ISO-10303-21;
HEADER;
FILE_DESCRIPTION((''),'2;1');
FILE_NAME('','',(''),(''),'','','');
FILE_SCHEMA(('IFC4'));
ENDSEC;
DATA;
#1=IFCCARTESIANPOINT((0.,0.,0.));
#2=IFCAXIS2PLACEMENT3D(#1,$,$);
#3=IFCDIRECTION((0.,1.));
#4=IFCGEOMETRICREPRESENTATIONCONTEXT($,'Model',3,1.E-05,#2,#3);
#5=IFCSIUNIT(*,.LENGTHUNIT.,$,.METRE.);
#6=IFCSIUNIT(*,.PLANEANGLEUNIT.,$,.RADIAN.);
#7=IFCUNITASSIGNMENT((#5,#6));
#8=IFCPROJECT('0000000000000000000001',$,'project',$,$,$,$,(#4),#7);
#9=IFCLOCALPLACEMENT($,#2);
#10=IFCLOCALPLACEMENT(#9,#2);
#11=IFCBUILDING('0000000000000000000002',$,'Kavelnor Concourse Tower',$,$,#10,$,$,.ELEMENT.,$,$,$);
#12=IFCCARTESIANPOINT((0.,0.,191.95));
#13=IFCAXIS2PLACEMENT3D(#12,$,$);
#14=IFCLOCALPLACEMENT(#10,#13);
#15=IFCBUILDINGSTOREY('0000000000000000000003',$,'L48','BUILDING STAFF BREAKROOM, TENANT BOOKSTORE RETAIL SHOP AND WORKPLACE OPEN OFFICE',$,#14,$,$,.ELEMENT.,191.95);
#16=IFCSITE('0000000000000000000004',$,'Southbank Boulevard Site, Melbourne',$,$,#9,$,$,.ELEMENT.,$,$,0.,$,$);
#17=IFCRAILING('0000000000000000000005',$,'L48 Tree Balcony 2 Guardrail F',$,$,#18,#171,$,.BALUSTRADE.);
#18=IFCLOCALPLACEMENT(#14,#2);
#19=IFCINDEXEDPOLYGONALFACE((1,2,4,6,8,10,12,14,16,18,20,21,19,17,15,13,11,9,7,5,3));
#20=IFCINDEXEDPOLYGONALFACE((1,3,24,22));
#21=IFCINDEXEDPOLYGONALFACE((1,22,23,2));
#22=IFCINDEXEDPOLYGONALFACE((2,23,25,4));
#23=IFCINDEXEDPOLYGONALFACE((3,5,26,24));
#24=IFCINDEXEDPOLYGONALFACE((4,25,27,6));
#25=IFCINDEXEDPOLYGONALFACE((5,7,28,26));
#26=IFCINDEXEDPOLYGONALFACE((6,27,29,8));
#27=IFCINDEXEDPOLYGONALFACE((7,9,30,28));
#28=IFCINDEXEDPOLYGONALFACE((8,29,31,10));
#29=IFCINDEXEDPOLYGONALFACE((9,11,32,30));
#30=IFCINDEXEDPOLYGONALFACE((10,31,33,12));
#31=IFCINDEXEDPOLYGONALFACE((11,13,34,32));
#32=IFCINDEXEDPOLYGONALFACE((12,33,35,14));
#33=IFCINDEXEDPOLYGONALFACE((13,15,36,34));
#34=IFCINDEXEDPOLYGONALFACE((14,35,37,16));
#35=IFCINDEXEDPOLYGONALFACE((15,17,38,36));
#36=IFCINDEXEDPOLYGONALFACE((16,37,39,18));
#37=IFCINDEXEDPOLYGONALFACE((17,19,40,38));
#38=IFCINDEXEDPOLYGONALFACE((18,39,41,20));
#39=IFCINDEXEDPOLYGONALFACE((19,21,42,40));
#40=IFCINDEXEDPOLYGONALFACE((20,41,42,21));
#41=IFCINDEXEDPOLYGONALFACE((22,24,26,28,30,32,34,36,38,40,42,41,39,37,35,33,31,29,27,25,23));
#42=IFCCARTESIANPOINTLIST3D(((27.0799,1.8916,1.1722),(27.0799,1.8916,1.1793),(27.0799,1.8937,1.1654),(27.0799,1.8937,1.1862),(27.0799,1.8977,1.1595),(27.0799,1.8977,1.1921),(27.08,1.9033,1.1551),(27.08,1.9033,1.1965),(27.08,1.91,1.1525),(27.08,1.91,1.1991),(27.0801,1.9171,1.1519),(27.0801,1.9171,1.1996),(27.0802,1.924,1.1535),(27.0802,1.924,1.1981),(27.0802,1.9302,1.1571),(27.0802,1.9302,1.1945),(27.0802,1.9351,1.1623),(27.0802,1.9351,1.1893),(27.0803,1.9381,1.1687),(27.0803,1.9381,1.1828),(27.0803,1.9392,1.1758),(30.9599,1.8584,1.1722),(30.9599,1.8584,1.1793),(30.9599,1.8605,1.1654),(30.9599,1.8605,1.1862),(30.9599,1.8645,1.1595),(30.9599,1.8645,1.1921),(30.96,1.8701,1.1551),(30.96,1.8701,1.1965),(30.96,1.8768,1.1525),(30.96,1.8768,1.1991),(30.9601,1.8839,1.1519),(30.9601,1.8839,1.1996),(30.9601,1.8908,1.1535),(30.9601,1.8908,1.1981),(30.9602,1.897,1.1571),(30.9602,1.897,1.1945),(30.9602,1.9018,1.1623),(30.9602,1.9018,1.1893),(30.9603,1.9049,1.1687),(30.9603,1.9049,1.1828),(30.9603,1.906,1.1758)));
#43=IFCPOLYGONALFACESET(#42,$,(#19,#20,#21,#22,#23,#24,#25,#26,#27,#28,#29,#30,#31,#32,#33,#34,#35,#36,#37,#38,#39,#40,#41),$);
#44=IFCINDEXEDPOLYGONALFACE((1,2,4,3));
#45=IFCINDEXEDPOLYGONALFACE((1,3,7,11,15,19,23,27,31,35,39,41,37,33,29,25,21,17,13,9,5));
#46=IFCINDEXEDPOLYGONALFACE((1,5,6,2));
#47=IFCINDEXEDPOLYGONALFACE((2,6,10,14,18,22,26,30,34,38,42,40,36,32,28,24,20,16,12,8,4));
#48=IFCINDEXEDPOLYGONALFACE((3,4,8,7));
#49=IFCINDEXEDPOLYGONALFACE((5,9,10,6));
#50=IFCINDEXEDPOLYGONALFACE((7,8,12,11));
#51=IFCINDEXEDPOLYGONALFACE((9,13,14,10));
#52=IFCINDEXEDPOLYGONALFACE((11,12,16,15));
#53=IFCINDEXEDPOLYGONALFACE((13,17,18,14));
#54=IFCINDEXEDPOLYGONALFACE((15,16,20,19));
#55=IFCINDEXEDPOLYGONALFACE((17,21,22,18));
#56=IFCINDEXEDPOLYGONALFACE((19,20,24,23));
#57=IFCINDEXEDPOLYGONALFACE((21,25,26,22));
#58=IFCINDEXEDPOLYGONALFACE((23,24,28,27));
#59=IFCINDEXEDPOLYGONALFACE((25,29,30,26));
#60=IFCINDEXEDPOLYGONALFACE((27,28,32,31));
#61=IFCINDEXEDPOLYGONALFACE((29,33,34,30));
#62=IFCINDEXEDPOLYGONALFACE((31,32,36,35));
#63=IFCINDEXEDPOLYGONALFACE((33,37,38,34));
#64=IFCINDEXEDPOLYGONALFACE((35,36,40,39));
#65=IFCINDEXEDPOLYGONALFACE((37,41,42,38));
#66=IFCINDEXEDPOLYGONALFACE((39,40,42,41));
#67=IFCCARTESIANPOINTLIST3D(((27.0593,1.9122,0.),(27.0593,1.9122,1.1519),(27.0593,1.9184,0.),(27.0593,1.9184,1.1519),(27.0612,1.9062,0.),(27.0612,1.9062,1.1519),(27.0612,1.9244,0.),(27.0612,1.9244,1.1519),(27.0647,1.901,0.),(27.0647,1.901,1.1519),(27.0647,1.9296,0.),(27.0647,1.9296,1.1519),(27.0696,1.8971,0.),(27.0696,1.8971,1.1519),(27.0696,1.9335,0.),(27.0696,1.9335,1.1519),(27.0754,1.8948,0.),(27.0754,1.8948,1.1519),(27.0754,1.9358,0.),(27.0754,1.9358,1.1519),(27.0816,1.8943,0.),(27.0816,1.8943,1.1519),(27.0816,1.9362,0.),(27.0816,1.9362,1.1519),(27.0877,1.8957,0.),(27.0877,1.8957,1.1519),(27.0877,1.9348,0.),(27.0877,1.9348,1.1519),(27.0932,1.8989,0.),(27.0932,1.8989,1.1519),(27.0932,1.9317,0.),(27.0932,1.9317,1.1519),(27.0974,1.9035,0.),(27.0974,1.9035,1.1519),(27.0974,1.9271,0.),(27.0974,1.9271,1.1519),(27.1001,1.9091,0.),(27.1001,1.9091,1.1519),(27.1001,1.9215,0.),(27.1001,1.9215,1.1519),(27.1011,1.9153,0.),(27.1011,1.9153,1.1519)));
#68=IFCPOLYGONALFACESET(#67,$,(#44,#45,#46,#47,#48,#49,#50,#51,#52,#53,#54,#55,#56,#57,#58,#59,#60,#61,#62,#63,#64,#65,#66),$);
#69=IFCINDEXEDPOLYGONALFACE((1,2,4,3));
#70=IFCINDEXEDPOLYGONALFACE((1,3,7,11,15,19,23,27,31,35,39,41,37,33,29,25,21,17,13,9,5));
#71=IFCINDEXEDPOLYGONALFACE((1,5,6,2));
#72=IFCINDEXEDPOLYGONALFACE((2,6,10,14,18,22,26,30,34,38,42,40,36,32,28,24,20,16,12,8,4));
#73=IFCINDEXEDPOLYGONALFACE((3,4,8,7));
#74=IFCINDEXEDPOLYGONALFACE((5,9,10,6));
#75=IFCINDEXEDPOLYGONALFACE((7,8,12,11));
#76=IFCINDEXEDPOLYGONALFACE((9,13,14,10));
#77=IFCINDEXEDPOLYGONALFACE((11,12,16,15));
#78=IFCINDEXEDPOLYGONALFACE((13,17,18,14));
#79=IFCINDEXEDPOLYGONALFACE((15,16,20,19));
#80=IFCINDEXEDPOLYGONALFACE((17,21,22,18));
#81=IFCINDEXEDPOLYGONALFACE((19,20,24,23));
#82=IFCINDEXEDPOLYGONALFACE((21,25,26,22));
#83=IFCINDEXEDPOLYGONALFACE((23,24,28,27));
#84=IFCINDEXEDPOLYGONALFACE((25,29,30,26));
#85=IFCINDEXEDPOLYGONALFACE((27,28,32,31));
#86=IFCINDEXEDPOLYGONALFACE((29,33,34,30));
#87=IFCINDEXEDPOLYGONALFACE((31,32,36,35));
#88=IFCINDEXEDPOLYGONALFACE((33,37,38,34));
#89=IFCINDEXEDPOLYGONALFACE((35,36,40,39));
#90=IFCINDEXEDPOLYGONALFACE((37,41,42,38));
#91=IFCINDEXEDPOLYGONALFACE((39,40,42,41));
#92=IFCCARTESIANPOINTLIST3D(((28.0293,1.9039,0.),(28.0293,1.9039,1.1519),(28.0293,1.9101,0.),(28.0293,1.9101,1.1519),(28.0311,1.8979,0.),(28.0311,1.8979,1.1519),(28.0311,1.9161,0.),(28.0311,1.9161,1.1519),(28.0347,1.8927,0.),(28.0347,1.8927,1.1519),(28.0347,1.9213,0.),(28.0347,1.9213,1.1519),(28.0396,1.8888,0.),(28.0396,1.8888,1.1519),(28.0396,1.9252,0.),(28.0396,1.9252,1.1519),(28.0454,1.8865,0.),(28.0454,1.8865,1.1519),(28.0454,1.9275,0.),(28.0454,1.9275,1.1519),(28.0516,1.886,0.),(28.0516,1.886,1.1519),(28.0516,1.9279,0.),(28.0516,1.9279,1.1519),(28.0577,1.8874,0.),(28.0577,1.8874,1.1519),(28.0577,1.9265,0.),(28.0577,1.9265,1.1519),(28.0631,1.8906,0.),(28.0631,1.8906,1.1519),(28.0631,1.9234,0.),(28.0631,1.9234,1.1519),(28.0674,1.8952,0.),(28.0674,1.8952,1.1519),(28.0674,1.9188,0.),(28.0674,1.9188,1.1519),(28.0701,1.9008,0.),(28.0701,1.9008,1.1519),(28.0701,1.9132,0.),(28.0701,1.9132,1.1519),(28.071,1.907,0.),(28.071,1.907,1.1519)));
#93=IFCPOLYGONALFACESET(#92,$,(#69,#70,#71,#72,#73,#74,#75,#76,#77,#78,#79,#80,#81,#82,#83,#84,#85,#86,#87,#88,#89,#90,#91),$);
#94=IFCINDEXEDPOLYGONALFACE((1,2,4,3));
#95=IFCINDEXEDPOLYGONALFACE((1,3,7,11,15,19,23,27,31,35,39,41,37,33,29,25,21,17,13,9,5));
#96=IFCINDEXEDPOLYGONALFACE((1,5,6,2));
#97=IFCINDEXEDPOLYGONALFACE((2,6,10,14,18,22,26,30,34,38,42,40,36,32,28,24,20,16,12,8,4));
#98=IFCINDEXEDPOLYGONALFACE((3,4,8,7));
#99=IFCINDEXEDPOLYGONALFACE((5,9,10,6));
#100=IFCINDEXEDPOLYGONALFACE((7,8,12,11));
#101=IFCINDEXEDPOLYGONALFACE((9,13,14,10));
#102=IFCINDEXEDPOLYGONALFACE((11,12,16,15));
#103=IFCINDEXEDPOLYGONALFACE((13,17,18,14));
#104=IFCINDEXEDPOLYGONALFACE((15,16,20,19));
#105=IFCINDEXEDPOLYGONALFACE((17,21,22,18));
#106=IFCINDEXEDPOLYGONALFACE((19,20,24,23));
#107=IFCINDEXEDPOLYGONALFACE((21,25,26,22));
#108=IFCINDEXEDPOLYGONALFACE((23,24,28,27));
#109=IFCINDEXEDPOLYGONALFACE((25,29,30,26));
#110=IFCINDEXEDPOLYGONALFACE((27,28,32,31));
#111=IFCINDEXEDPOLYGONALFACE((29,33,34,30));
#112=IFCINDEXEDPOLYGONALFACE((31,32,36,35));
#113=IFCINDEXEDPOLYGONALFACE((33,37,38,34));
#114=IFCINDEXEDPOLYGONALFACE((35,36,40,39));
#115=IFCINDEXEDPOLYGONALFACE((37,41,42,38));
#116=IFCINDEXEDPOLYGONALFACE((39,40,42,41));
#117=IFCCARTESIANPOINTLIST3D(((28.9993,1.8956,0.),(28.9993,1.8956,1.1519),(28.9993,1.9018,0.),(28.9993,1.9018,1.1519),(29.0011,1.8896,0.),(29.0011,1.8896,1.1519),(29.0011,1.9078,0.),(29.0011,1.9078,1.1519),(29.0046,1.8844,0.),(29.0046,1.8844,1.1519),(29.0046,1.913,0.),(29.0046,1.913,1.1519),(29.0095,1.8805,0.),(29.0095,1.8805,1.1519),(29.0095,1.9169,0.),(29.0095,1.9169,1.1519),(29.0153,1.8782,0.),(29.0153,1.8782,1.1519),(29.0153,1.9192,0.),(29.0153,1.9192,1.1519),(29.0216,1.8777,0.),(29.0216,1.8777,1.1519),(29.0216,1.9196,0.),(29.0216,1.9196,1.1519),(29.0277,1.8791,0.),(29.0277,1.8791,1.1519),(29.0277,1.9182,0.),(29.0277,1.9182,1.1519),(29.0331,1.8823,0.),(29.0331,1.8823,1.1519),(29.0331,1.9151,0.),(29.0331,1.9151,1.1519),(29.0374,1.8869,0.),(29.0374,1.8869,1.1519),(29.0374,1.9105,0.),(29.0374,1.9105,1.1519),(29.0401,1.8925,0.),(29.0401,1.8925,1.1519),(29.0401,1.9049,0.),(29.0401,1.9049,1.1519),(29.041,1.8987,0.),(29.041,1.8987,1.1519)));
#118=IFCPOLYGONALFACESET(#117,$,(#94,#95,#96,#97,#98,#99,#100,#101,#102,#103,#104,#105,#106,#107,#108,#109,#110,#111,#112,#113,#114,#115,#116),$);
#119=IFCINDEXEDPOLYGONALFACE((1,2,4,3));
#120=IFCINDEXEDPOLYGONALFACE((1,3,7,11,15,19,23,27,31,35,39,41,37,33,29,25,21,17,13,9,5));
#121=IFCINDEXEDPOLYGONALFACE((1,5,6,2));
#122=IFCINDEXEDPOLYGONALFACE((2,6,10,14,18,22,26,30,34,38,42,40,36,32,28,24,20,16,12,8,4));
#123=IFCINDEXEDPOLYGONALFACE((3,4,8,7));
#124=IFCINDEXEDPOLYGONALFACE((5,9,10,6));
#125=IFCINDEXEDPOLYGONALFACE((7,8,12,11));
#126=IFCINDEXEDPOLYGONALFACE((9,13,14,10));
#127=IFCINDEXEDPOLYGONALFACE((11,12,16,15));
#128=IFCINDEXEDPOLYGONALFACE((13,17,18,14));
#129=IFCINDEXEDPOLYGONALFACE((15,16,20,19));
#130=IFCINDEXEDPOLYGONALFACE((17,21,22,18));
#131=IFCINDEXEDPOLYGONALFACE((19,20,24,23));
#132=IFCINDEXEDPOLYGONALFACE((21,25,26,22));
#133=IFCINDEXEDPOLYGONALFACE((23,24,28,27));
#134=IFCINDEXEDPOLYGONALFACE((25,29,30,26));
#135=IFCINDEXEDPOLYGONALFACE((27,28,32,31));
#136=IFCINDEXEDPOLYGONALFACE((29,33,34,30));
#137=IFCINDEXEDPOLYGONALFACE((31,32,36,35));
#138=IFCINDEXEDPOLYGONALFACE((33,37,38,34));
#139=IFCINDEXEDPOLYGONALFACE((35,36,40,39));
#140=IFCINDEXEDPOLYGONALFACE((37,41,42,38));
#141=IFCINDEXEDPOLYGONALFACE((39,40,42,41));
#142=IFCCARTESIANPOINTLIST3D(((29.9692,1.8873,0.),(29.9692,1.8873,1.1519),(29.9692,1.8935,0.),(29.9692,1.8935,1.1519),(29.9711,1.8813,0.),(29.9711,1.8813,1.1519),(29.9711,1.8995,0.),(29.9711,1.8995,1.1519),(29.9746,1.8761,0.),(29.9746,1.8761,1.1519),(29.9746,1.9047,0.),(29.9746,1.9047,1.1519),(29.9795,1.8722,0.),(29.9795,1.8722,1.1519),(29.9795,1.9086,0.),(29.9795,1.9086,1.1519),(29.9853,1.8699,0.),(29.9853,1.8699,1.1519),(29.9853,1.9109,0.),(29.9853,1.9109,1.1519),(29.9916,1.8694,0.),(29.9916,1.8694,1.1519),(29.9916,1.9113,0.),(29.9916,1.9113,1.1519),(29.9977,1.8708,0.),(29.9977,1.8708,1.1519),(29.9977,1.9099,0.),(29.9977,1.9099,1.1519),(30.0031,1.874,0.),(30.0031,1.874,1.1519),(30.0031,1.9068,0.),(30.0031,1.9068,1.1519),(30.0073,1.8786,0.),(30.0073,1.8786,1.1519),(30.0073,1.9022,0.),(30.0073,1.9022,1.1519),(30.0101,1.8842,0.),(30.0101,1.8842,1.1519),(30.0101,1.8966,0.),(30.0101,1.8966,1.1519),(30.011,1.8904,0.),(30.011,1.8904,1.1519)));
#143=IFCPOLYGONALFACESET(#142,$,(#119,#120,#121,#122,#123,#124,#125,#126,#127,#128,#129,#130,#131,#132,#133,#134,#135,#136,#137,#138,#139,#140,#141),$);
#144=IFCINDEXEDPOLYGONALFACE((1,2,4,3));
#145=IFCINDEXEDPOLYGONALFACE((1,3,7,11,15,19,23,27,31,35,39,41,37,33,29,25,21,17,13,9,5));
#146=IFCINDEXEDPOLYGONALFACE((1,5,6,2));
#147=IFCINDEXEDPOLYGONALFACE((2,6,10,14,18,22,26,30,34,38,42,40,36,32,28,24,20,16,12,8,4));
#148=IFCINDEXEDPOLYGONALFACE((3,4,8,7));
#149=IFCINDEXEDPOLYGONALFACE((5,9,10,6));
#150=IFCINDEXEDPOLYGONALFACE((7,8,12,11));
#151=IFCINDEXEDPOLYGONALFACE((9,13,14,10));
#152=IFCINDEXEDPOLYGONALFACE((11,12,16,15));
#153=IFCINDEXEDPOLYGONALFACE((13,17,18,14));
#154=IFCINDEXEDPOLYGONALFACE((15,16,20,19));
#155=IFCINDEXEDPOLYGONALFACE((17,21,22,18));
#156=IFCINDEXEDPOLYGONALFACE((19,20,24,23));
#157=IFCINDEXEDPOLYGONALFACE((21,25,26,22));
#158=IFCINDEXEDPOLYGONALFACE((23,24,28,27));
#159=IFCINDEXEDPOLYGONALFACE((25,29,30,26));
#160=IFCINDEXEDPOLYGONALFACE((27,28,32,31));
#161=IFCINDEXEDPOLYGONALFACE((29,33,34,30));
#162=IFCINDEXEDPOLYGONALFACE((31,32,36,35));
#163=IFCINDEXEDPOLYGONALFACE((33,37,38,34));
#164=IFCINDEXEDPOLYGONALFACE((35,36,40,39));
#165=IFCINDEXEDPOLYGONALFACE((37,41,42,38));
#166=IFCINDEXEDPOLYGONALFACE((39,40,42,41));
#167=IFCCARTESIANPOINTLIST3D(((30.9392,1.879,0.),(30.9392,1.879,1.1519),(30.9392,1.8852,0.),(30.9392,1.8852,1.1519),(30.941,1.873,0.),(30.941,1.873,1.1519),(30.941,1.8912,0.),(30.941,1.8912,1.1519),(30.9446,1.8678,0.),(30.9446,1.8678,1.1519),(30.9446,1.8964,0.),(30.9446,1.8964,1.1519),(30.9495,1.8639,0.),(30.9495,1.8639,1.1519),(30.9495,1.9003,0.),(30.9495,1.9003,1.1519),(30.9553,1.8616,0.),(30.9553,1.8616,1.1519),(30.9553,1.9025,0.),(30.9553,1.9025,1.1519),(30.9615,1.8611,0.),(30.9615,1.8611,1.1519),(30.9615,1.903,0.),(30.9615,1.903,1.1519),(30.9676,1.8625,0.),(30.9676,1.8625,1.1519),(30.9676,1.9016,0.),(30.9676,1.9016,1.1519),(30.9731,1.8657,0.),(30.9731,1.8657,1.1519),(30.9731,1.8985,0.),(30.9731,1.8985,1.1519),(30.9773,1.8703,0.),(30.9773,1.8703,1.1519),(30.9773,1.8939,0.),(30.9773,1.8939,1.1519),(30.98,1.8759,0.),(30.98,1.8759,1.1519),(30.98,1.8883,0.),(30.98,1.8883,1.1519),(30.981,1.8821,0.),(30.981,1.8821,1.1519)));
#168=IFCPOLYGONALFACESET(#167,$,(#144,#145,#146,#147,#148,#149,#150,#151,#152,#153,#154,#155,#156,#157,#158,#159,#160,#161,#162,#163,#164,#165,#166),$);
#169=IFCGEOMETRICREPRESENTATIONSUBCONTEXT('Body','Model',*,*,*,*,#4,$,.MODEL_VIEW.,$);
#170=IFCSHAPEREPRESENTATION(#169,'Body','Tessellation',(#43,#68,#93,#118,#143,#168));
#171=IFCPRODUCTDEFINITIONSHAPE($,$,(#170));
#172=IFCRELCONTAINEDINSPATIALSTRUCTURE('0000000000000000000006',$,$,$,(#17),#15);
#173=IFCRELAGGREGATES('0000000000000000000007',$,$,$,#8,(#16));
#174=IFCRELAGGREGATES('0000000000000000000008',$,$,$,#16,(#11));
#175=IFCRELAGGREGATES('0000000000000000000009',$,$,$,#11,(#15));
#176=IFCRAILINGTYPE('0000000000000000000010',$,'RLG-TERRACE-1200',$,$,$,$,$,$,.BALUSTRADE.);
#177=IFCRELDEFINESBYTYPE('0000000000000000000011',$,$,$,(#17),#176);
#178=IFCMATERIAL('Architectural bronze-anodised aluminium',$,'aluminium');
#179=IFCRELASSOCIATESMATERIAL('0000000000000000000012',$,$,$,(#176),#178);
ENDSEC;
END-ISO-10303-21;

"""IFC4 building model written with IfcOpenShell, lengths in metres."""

from ifc_helpers import new_model, si_unit, direction, frame, origin, origin_2d, place, context, subcontext, project, spatial, circle, extrude, material, type_object, element, save


model = new_model("IFC4")

# Units and contexts
model_context = context("Model", 3, precision=1e-05, world=origin(), true_north=direction((0.0, 1.0)))
body_context = subcontext(model_context, "Body", "Model", "MODEL_VIEW")
ifc_project = project(units=[si_unit("LENGTHUNIT", "METRE"), si_unit("PLANEANGLEUNIT", "RADIAN")], contexts=[model_context])

# Site, building, storey
site_placement = place(None, origin())
site = spatial("IfcSite", under=ifc_project, at=site_placement, Name="Southbank Boulevard Site, Melbourne", CompositionType="ELEMENT", RefElevation=0.0)
building_placement = place(site_placement, origin())
building = spatial("IfcBuilding", under=site, at=building_placement, Name="Kavelnor Concourse Tower", CompositionType="ELEMENT")
storey_placement = place(building_placement, frame((0.0, 0.0, 191.95)))
storey = spatial("IfcBuildingStorey", under=building, at=storey_placement, Name="L48", Description="BUILDING STAFF BREAKROOM, TENANT BOOKSTORE RETAIL SHOP AND WORKPLACE OPEN OFFICE", CompositionType="ELEMENT", Elevation=191.95)

# Railing
ifc_material_1 = material(Name="Architectural bronze-anodised aluminium", Category="aluminium")
railing_type = type_object("IfcRailingType", Name="RLG-TERRACE-1200", PredefinedType="BALUSTRADE", material=ifc_material_1)
railing_1_placement = place(storey_placement, frame((27.0801, 1.9153, 0.0)))
element("IfcRailing", 1, at=railing_1_placement, inside=storey, type_object=railing_type, Name="L48 Tree Balcony 2 Guardrail F", PredefinedType="BALUSTRADE", context=body_context, shape_type="SweptSolid", body=[
    extrude(circle(Radius=0.0239, at=origin_2d()), frame((0.0, 0.0, 1.1758), z_axis=(0.999963, -0.008557, 0.0), x_axis=(0.008557, 0.999963, 0.0)), (0.0, 0.0, 1.0), 3.8801),
    extrude(circle(Radius=0.021, at=origin_2d()), origin(), (0.0, 0.0, 1.0), 1.1519),
    extrude(circle(Radius=0.021, at=origin_2d()), frame((0.97, -0.0083, 0.0)), (0.0, 0.0, 1.0), 1.1519),
    extrude(circle(Radius=0.021, at=origin_2d()), frame((1.9399, -0.0166, 0.0)), (0.0, 0.0, 1.0), 1.1519),
    extrude(circle(Radius=0.021, at=origin_2d()), frame((2.9099, -0.0249, 0.0)), (0.0, 0.0, 1.0), 1.1519),
    extrude(circle(Radius=0.021, at=origin_2d()), frame((3.8799, -0.0332, 0.0)), (0.0, 0.0, 1.0), 1.1519),
])

save(model, "model.ifc")
